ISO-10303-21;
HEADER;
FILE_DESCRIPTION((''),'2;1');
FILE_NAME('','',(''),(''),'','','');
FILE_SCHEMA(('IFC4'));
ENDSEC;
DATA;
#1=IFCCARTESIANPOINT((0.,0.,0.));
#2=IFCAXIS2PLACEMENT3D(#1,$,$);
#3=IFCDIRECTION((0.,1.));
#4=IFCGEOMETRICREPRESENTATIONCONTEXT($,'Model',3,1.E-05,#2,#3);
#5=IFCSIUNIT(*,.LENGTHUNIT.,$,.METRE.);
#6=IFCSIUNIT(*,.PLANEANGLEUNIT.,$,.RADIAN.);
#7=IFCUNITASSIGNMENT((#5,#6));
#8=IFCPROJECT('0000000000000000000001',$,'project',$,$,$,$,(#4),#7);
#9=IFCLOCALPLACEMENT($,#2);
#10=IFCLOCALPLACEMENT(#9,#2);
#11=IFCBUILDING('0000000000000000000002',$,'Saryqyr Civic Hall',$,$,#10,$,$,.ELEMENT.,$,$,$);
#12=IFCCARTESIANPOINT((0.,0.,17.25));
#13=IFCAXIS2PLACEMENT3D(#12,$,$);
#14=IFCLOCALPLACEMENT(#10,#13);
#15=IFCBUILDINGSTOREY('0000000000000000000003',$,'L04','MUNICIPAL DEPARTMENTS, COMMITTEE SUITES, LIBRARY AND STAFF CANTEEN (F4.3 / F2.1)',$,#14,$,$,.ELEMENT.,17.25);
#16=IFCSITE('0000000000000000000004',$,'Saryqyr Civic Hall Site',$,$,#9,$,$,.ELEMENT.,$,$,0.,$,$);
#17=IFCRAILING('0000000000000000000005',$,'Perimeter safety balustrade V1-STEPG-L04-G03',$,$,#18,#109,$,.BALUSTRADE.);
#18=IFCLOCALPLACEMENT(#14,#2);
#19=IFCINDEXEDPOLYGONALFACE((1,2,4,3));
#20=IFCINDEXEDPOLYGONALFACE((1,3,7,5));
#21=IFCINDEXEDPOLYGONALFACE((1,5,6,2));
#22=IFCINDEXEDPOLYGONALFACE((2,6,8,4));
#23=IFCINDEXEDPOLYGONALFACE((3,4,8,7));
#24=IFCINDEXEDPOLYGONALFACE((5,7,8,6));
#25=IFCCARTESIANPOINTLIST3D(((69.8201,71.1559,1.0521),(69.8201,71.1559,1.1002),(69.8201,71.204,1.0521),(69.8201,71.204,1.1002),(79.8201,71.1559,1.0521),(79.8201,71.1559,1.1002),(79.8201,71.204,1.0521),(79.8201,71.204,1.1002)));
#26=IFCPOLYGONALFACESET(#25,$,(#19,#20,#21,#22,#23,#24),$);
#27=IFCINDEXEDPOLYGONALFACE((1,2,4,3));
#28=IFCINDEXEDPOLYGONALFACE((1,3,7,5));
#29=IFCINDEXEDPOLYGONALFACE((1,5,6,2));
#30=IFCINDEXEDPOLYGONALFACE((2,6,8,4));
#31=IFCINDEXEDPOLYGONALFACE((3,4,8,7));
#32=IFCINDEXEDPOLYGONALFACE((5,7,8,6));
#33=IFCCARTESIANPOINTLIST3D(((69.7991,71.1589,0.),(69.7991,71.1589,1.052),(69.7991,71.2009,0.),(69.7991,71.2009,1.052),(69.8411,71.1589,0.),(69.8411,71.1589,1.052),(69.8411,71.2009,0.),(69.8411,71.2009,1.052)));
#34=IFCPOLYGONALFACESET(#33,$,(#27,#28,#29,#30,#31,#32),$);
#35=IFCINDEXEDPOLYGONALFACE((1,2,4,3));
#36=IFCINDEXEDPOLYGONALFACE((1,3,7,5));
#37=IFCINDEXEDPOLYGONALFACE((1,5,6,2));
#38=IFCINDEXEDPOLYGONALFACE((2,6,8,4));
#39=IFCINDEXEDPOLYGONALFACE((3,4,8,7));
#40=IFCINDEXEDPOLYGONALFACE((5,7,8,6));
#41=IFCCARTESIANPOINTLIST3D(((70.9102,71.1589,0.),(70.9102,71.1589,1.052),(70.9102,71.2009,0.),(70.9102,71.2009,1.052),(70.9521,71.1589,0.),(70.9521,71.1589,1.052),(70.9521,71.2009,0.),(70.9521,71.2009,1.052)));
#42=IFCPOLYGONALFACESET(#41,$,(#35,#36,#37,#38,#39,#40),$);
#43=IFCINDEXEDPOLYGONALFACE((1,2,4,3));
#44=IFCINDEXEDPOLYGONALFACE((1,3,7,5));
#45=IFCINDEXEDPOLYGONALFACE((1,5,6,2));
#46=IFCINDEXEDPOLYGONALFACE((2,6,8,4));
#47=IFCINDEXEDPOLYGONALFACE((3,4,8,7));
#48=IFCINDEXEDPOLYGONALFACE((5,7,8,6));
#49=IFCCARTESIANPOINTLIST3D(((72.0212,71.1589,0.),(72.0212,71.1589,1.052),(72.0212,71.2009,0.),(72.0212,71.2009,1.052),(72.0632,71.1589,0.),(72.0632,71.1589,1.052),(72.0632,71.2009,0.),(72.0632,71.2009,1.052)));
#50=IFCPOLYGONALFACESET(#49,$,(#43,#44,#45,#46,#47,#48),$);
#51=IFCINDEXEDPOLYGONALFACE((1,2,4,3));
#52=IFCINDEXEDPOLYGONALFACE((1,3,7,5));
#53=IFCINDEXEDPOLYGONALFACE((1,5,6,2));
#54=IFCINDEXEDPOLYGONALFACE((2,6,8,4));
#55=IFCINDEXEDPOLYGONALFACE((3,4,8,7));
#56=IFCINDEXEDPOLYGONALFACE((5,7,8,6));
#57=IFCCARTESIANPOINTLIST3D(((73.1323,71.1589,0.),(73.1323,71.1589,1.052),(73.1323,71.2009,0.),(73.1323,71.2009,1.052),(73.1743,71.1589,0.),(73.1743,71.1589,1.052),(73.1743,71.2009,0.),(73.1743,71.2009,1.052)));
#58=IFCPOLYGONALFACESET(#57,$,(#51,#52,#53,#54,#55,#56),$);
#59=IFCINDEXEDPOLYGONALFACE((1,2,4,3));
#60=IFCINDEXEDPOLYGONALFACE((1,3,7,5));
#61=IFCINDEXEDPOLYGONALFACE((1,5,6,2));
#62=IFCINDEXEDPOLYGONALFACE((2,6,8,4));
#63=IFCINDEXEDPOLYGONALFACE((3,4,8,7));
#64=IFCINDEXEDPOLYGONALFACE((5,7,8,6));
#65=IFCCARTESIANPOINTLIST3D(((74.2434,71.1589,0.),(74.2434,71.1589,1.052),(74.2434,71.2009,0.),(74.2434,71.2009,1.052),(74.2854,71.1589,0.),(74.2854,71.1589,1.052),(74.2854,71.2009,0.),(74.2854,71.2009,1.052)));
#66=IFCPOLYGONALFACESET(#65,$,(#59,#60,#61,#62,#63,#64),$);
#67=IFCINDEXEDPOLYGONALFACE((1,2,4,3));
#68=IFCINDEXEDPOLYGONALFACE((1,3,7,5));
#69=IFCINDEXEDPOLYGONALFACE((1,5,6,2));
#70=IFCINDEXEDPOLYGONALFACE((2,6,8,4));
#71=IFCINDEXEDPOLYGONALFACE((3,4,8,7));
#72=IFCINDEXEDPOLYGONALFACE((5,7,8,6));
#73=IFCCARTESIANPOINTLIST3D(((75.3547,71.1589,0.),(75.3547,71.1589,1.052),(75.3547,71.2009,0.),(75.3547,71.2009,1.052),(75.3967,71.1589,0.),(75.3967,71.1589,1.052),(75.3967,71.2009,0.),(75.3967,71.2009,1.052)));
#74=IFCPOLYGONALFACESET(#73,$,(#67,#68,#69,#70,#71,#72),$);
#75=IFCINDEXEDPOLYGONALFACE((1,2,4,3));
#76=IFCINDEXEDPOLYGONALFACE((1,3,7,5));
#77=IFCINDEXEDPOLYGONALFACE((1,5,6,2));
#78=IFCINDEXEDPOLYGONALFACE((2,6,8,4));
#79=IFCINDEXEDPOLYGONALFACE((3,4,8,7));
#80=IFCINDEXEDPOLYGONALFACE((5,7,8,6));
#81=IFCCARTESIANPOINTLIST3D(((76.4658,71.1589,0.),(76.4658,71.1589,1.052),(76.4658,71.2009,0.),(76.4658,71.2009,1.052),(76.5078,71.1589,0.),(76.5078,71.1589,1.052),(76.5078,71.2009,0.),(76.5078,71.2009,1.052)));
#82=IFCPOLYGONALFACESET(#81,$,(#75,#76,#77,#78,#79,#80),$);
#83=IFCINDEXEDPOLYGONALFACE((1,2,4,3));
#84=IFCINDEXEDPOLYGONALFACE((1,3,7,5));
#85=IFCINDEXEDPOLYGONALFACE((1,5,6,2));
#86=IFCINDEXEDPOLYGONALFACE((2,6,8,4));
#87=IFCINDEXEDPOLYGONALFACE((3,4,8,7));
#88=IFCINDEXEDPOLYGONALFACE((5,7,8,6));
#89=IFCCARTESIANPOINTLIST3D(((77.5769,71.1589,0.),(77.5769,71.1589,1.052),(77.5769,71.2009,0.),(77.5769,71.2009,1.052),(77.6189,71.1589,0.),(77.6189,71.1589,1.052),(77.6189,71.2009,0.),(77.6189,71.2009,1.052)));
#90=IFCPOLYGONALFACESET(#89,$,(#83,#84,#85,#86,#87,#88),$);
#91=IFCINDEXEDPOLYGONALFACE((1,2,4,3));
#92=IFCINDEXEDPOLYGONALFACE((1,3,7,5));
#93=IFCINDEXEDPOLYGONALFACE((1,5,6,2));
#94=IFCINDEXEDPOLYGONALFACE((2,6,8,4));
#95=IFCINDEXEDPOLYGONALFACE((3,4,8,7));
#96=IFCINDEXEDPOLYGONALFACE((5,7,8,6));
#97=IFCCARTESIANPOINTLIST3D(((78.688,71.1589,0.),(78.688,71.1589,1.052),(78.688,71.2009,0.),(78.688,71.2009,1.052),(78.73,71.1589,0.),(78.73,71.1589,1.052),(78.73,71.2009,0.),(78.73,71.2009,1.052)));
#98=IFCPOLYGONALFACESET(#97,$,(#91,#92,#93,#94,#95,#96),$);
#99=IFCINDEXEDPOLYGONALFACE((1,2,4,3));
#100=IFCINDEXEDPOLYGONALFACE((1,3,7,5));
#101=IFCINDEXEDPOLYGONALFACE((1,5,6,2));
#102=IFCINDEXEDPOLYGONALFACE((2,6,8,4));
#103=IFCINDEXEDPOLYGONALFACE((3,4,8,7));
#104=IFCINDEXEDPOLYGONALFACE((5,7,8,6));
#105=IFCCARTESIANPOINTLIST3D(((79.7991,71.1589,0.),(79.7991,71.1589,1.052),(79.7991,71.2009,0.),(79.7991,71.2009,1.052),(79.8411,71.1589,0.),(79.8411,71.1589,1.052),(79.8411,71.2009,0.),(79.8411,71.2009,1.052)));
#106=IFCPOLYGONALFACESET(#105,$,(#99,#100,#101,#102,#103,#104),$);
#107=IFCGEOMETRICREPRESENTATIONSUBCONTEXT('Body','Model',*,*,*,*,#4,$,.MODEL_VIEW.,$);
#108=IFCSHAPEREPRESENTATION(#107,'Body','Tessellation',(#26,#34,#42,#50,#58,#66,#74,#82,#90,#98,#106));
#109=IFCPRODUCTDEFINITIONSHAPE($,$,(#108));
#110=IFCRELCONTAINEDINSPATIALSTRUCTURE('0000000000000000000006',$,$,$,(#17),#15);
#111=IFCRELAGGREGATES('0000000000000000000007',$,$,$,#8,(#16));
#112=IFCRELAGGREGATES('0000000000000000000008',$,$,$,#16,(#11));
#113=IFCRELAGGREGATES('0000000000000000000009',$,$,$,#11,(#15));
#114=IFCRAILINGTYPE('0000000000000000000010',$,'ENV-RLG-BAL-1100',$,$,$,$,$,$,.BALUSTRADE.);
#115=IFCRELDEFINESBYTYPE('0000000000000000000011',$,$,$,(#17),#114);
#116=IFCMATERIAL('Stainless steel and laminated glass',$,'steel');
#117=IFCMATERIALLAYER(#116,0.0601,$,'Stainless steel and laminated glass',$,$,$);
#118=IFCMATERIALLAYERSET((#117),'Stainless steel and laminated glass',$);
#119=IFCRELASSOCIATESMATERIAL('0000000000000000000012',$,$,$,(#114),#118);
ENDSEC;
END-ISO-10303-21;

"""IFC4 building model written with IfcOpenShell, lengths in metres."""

from ifc_helpers import new_model, si_unit, direction, frame, origin, origin_2d, place, context, subcontext, project, spatial, rectangle, extrude, material, layer, layer_set, type_object, element, save


model = new_model("IFC4")

# Units and contexts
model_context = context("Model", 3, precision=1e-05, world=origin(), true_north=direction((0.0, 1.0)))
body_context = subcontext(model_context, "Body", "Model", "MODEL_VIEW")
ifc_project = project(units=[si_unit("LENGTHUNIT", "METRE"), si_unit("PLANEANGLEUNIT", "RADIAN")], contexts=[model_context])

# Site, building, storey
site_placement = place(None, origin())
site = spatial("IfcSite", under=ifc_project, at=site_placement, Name="Saryqyr Civic Hall Site", CompositionType="ELEMENT", RefElevation=0.0)
building_placement = place(site_placement, origin())
building = spatial("IfcBuilding", under=site, at=building_placement, Name="Saryqyr Civic Hall", CompositionType="ELEMENT")
storey_placement = place(building_placement, frame((0.0, 0.0, 17.25)))
storey = spatial("IfcBuildingStorey", under=building, at=storey_placement, Name="L04", Description="MUNICIPAL DEPARTMENTS, COMMITTEE SUITES, LIBRARY AND STAFF CANTEEN (F4.3 / F2.1)", CompositionType="ELEMENT", Elevation=17.25)

# Railing
ifc_material_1 = material(Name="Stainless steel and laminated glass", Category="steel")
ifc_layer_1 = layer(ifc_material_1, 0.0601, Name="Stainless steel and laminated glass")
ifc_layer_set_1 = layer_set([ifc_layer_1], Name="Stainless steel and laminated glass")
railing_type_1 = type_object("IfcRailingType", Name="ENV-RLG-BAL-1100", PredefinedType="BALUSTRADE", material=ifc_layer_set_1)
railing_1_placement = place(storey_placement, frame((69.8201, 71.1799, 0.0)))
element("IfcRailing", 1, at=railing_1_placement, inside=storey, type_object=railing_type_1, Name="Perimeter safety balustrade V1-STEPG-L04-G03", PredefinedType="BALUSTRADE", context=body_context, shape_type="SweptSolid", body=[
    extrude(rectangle(XDim=0.0481, YDim=0.0481, at=origin_2d()), frame((0.0, 0.0, 1.0762), z_axis=(1.0, 0.0, 0.0), x_axis=(0.0, 1.0, 0.0)), (0.0, 0.0, 1.0), 10.0),
    extrude(rectangle(XDim=0.042, YDim=0.042, at=origin_2d()), origin(), (0.0, 0.0, 1.0), 1.052),
    extrude(rectangle(XDim=0.042, YDim=0.042, at=origin_2d()), frame((1.1111, 0.0, 0.0)), (0.0, 0.0, 1.0), 1.052),
    extrude(rectangle(XDim=0.042, YDim=0.042, at=origin_2d()), frame((2.2222, 0.0, 0.0)), (0.0, 0.0, 1.0), 1.052),
    extrude(rectangle(XDim=0.042, YDim=0.042, at=origin_2d()), frame((3.3333, 0.0, 0.0)), (0.0, 0.0, 1.0), 1.052),
    extrude(rectangle(XDim=0.042, YDim=0.042, at=origin_2d()), frame((4.4443, 0.0, 0.0)), (0.0, 0.0, 1.0), 1.052),
    extrude(rectangle(XDim=0.042, YDim=0.042, at=origin_2d()), frame((5.5557, 0.0, 0.0)), (0.0, 0.0, 1.0), 1.052),
    extrude(rectangle(XDim=0.042, YDim=0.042, at=origin_2d()), frame((6.6667, 0.0, 0.0)), (0.0, 0.0, 1.0), 1.052),
    extrude(rectangle(XDim=0.042, YDim=0.042, at=origin_2d()), frame((7.7778, 0.0, 0.0)), (0.0, 0.0, 1.0), 1.052),
    extrude(rectangle(XDim=0.042, YDim=0.042, at=origin_2d()), frame((8.8889, 0.0, 0.0)), (0.0, 0.0, 1.0), 1.052),
    extrude(rectangle(XDim=0.042, YDim=0.042, at=origin_2d()), frame((10.0, 0.0, 0.0)), (0.0, 0.0, 1.0), 1.052),
])

save(model, "model.ifc")
